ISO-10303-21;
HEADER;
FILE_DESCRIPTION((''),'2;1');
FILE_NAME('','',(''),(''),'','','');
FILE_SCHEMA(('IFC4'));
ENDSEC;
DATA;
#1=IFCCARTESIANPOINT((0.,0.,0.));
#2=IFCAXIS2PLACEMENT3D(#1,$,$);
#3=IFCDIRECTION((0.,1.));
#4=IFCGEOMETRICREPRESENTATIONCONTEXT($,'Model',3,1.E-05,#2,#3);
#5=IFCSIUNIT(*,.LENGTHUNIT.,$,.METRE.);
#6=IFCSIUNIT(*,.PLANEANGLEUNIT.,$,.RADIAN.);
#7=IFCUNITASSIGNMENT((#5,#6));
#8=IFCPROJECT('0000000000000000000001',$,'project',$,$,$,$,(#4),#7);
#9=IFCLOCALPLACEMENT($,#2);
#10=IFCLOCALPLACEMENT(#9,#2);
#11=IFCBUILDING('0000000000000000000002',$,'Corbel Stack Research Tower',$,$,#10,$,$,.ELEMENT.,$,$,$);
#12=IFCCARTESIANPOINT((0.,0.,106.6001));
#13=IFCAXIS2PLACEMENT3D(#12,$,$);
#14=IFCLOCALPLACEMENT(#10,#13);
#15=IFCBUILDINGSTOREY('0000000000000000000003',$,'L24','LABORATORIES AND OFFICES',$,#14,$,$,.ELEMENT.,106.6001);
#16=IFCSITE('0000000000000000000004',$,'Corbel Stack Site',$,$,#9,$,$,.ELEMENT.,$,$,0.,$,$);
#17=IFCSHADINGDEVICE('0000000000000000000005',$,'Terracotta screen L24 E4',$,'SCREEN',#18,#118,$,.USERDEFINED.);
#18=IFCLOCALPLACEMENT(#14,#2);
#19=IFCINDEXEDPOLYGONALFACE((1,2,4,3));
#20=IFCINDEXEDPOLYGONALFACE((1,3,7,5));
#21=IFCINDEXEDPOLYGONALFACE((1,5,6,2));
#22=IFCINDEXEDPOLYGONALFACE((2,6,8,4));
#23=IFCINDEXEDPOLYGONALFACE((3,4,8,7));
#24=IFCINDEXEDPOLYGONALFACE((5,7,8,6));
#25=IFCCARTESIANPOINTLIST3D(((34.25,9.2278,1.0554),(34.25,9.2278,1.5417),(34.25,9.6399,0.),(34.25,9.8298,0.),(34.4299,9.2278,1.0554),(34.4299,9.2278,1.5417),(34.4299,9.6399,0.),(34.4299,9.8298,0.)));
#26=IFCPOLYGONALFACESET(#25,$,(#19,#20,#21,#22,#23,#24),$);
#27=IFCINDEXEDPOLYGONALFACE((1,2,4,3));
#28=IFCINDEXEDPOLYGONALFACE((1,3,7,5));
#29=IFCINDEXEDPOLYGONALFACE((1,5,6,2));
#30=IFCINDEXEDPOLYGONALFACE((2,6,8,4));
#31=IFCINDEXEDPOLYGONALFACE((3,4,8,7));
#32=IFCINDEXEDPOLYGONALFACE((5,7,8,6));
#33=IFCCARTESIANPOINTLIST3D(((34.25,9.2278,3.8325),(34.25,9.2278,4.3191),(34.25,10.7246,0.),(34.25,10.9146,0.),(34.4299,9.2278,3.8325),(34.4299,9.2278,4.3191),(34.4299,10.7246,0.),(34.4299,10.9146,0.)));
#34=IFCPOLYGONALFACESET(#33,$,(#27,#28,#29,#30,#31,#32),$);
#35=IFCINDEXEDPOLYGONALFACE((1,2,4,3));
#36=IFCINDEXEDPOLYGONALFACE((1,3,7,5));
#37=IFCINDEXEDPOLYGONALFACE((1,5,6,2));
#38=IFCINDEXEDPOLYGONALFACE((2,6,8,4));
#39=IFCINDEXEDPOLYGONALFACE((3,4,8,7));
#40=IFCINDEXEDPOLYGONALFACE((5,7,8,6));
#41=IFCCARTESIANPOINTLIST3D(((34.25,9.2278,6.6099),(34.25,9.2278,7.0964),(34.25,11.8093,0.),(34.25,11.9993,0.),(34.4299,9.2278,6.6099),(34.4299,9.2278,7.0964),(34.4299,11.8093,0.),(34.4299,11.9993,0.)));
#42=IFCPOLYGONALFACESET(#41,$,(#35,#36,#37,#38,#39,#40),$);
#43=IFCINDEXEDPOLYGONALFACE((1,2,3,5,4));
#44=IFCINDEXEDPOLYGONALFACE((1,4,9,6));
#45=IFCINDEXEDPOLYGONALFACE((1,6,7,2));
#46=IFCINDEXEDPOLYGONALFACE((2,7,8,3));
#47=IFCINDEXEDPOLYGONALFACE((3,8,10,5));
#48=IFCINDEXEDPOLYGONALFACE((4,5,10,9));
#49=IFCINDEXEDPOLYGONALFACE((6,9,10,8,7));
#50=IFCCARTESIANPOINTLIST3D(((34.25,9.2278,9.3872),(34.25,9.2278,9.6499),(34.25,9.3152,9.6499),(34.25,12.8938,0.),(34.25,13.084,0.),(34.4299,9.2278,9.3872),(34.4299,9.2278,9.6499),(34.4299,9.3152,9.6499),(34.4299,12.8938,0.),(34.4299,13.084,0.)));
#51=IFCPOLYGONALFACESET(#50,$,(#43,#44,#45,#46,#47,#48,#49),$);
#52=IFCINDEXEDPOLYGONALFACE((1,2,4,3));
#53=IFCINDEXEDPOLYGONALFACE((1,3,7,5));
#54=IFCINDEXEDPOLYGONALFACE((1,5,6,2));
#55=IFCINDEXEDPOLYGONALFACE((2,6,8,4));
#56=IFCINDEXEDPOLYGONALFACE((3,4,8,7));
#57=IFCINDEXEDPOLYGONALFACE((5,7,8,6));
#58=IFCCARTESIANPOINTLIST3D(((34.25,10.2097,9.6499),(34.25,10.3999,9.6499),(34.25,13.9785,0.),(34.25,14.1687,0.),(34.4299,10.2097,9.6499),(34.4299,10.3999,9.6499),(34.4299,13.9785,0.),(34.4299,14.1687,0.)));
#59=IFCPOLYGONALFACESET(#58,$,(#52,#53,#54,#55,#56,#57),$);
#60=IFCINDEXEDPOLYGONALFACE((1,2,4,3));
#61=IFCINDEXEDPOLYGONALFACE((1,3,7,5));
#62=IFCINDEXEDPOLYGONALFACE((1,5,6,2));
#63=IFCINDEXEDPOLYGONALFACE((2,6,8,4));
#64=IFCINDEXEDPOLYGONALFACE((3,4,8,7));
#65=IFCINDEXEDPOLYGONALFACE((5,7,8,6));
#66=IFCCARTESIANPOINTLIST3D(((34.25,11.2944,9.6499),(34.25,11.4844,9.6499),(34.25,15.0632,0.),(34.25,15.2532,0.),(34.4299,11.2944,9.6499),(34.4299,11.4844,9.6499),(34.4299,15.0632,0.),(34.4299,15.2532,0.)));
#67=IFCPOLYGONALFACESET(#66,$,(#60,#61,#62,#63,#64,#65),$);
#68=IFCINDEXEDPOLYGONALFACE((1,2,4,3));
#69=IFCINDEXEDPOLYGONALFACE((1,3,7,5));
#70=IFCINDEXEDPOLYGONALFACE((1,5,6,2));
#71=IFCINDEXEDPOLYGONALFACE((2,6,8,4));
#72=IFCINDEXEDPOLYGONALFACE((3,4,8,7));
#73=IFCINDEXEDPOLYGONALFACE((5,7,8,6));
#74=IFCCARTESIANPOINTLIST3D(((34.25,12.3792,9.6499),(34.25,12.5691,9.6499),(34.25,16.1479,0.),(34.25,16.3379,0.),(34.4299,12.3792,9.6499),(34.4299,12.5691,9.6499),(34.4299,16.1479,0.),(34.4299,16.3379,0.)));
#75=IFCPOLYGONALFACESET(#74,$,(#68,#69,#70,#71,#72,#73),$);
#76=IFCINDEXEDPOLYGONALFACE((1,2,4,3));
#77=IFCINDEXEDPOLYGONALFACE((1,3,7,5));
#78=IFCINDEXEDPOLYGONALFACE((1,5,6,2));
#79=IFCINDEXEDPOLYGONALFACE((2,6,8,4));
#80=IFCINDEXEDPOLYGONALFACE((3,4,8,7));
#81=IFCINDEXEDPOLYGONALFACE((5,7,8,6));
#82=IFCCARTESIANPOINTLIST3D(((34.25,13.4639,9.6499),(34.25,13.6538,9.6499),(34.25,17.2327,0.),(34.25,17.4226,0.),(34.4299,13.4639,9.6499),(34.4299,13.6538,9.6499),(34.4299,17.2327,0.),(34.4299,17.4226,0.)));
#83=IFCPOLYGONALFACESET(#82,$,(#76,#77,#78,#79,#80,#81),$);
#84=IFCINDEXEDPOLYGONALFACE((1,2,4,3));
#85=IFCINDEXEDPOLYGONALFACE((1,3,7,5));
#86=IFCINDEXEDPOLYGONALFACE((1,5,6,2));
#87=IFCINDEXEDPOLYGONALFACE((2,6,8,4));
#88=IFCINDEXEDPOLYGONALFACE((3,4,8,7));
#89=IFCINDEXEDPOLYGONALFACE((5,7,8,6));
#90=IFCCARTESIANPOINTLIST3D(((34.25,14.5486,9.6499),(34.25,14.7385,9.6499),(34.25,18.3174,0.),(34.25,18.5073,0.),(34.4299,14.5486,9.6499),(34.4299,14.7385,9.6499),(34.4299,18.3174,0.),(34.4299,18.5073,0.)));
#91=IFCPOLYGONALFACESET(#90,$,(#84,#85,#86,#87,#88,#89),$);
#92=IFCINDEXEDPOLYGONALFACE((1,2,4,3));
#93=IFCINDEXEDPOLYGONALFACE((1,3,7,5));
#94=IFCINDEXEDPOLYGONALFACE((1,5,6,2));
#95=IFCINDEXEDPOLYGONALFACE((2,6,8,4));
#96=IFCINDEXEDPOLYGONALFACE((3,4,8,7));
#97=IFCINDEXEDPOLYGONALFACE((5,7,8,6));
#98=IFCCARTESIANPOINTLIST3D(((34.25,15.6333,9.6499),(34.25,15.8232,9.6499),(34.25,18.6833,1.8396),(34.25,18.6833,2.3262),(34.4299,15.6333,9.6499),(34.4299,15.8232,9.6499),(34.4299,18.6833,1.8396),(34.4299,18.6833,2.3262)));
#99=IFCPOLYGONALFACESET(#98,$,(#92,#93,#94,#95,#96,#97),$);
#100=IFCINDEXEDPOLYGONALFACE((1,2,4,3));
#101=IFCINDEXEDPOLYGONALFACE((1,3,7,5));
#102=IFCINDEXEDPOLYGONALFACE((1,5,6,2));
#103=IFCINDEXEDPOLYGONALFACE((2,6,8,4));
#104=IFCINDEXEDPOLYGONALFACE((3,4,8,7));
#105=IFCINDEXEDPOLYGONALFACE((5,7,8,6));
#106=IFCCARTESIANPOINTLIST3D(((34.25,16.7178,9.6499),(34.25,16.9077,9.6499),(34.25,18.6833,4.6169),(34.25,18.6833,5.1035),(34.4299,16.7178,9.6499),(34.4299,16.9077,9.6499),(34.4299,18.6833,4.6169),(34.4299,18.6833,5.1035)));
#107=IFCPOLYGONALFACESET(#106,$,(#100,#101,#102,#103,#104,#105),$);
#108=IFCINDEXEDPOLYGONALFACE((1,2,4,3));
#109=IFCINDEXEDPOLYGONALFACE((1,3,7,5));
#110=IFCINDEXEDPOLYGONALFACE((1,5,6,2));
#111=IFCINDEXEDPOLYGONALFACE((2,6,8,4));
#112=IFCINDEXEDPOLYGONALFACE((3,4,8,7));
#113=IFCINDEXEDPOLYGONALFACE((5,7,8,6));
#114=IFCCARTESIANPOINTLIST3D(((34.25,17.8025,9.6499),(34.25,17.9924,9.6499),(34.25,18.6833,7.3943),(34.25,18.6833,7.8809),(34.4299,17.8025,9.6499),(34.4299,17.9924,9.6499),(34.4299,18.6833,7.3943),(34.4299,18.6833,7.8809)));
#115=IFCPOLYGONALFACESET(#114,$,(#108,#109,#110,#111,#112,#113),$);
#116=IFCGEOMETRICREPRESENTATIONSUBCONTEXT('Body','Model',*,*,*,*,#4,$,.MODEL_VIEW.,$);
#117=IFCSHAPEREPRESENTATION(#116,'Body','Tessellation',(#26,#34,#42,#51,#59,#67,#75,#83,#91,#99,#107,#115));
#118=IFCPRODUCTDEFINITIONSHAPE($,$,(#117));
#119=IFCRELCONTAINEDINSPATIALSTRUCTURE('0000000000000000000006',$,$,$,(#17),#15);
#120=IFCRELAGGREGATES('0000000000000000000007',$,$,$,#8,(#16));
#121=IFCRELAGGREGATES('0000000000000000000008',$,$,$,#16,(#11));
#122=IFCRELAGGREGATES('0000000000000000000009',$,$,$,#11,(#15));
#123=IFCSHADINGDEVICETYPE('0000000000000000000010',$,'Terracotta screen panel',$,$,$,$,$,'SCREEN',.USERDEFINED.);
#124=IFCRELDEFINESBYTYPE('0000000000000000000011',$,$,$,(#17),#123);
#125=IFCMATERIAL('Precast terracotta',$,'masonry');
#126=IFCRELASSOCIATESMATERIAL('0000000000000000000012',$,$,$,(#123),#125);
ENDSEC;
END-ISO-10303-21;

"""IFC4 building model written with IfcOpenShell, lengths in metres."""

from ifc_helpers import new_model, si_unit, direction, frame, origin, place, context, subcontext, project, spatial, polyline, outline, extrude, source, transform, mapped, material, type_object, element, save


model = new_model("IFC4")

# Units and contexts
model_context = context("Model", 3, precision=1e-05, world=origin(), true_north=direction((0.0, 1.0)))
body_context = subcontext(model_context, "Body", "Model", "MODEL_VIEW")
ifc_project = project(units=[si_unit("LENGTHUNIT", "METRE"), si_unit("PLANEANGLEUNIT", "RADIAN")], contexts=[model_context])

# Site, building, storey
site_placement = place(None, origin())
site = spatial("IfcSite", under=ifc_project, at=site_placement, Name="Corbel Stack Site", CompositionType="ELEMENT", RefElevation=0.0)
building_placement = place(site_placement, origin())
building = spatial("IfcBuilding", under=site, at=building_placement, Name="Corbel Stack Research Tower", CompositionType="ELEMENT")
storey_placement = place(building_placement, frame((0.0, 0.0, 106.6001)))
storey = spatial("IfcBuildingStorey", under=building, at=storey_placement, Name="L24", Description="LABORATORIES AND OFFICES", CompositionType="ELEMENT", Elevation=106.6001)

# Shading device
ifc_material_1 = material(Name="Precast terracotta", Category="masonry")
shading_device_type = type_object("IfcShadingDeviceType", Name="Terracotta screen panel", ElementType="SCREEN", PredefinedType="USERDEFINED", material=ifc_material_1)
shared_shape_1 = source(origin(), body_context, "Body", "SweptSolid", [
    extrude(outline(polyline([(0.6021, 0.0), (0.0, 1.5417), (0.0, 1.0554), (0.4121, 0.0), (0.6021, 0.0)])), frame((0.0, 0.0, 0.0), z_axis=(0.0, -1.0, 0.0), x_axis=(1.0, 0.0, 0.0)), (0.0, 0.0, 1.0), 0.1799),
    extrude(outline(polyline([(1.6868, 0.0), (0.0, 4.3191), (0.0, 3.8325), (1.4968, 0.0), (1.6868, 0.0)])), frame((0.0, 0.0, 0.0), z_axis=(0.0, -1.0, 0.0), x_axis=(1.0, 0.0, 0.0)), (0.0, 0.0, 1.0), 0.1799),
    extrude(outline(polyline([(2.7715, 0.0), (0.0, 7.0964), (0.0, 6.6099), (2.5815, 0.0), (2.7715, 0.0)])), frame((0.0, 0.0, 0.0), z_axis=(0.0, -1.0, 0.0), x_axis=(1.0, 0.0, 0.0)), (0.0, 0.0, 1.0), 0.1799),
    extrude(outline(polyline([(3.8562, 0.0), (0.0874, 9.6499), (0.0, 9.6499), (0.0, 9.3872), (3.666, 0.0), (3.8562, 0.0)])), frame((0.0, 0.0, 0.0), z_axis=(0.0, -1.0, 0.0), x_axis=(1.0, 0.0, 0.0)), (0.0, 0.0, 1.0), 0.1799),
    extrude(outline(polyline([(4.9409, 0.0), (1.1721, 9.6499), (0.9819, 9.6499), (4.7507, 0.0), (4.9409, 0.0)])), frame((0.0, 0.0, 0.0), z_axis=(0.0, -1.0, 0.0), x_axis=(1.0, 0.0, 0.0)), (0.0, 0.0, 1.0), 0.1799),
    extrude(outline(polyline([(6.0254, 0.0), (2.2566, 9.6499), (2.0667, 9.6499), (5.8354, 0.0), (6.0254, 0.0)])), frame((0.0, 0.0, 0.0), z_axis=(0.0, -1.0, 0.0), x_axis=(1.0, 0.0, 0.0)), (0.0, 0.0, 1.0), 0.1799),
    extrude(outline(polyline([(7.1101, 0.0), (3.3413, 9.6499), (3.1514, 9.6499), (6.9202, 0.0), (7.1101, 0.0)])), frame((0.0, 0.0, 0.0), z_axis=(0.0, -1.0, 0.0), x_axis=(1.0, 0.0, 0.0)), (0.0, 0.0, 1.0), 0.1799),
    extrude(outline(polyline([(8.1948, 0.0), (4.426, 9.6499), (4.2361, 9.6499), (8.0049, 0.0), (8.1948, 0.0)])), frame((0.0, 0.0, 0.0), z_axis=(0.0, -1.0, 0.0), x_axis=(1.0, 0.0, 0.0)), (0.0, 0.0, 1.0), 0.1799),
    extrude(outline(polyline([(9.2795, 0.0), (5.5107, 9.6499), (5.3208, 9.6499), (9.0896, 0.0), (9.2795, 0.0)])), frame((0.0, 0.0, 0.0), z_axis=(0.0, -1.0, 0.0), x_axis=(1.0, 0.0, 0.0)), (0.0, 0.0, 1.0), 0.1799),
    extrude(outline(polyline([(6.5955, 9.6499), (6.4055, 9.6499), (9.4556, 1.8396), (9.4556, 2.3262), (6.5955, 9.6499)])), frame((0.0, 0.0, 0.0), z_axis=(0.0, -1.0, 0.0), x_axis=(1.0, 0.0, 0.0)), (0.0, 0.0, 1.0), 0.1799),
    extrude(outline(polyline([(7.6799, 9.6499), (7.49, 9.6499), (9.4556, 4.6169), (9.4556, 5.1035), (7.6799, 9.6499)])), frame((0.0, 0.0, 0.0), z_axis=(0.0, -1.0, 0.0), x_axis=(1.0, 0.0, 0.0)), (0.0, 0.0, 1.0), 0.1799),
    extrude(outline(polyline([(8.7646, 9.6499), (8.5747, 9.6499), (9.4556, 7.3943), (9.4556, 7.8809), (8.7646, 9.6499)])), frame((0.0, 0.0, 0.0), z_axis=(0.0, -1.0, 0.0), x_axis=(1.0, 0.0, 0.0)), (0.0, 0.0, 1.0), 0.1799),
])
shading_device_1_placement = place(storey_placement, frame((34.25, 9.2278, 0.0), z_axis=(0.0, 0.0, 1.0), x_axis=(0.0, 1.0, 0.0)))
element("IfcShadingDevice", 1, at=shading_device_1_placement, inside=storey, type_object=shading_device_type, Name="Terracotta screen L24 E4", ObjectType="SCREEN", PredefinedType="USERDEFINED", context=body_context, shape_type="MappedRepresentation", body=[
    mapped(shared_shape_1, transform((0.0, 0.0, 0.0))),
])

save(model, "model.ifc")
